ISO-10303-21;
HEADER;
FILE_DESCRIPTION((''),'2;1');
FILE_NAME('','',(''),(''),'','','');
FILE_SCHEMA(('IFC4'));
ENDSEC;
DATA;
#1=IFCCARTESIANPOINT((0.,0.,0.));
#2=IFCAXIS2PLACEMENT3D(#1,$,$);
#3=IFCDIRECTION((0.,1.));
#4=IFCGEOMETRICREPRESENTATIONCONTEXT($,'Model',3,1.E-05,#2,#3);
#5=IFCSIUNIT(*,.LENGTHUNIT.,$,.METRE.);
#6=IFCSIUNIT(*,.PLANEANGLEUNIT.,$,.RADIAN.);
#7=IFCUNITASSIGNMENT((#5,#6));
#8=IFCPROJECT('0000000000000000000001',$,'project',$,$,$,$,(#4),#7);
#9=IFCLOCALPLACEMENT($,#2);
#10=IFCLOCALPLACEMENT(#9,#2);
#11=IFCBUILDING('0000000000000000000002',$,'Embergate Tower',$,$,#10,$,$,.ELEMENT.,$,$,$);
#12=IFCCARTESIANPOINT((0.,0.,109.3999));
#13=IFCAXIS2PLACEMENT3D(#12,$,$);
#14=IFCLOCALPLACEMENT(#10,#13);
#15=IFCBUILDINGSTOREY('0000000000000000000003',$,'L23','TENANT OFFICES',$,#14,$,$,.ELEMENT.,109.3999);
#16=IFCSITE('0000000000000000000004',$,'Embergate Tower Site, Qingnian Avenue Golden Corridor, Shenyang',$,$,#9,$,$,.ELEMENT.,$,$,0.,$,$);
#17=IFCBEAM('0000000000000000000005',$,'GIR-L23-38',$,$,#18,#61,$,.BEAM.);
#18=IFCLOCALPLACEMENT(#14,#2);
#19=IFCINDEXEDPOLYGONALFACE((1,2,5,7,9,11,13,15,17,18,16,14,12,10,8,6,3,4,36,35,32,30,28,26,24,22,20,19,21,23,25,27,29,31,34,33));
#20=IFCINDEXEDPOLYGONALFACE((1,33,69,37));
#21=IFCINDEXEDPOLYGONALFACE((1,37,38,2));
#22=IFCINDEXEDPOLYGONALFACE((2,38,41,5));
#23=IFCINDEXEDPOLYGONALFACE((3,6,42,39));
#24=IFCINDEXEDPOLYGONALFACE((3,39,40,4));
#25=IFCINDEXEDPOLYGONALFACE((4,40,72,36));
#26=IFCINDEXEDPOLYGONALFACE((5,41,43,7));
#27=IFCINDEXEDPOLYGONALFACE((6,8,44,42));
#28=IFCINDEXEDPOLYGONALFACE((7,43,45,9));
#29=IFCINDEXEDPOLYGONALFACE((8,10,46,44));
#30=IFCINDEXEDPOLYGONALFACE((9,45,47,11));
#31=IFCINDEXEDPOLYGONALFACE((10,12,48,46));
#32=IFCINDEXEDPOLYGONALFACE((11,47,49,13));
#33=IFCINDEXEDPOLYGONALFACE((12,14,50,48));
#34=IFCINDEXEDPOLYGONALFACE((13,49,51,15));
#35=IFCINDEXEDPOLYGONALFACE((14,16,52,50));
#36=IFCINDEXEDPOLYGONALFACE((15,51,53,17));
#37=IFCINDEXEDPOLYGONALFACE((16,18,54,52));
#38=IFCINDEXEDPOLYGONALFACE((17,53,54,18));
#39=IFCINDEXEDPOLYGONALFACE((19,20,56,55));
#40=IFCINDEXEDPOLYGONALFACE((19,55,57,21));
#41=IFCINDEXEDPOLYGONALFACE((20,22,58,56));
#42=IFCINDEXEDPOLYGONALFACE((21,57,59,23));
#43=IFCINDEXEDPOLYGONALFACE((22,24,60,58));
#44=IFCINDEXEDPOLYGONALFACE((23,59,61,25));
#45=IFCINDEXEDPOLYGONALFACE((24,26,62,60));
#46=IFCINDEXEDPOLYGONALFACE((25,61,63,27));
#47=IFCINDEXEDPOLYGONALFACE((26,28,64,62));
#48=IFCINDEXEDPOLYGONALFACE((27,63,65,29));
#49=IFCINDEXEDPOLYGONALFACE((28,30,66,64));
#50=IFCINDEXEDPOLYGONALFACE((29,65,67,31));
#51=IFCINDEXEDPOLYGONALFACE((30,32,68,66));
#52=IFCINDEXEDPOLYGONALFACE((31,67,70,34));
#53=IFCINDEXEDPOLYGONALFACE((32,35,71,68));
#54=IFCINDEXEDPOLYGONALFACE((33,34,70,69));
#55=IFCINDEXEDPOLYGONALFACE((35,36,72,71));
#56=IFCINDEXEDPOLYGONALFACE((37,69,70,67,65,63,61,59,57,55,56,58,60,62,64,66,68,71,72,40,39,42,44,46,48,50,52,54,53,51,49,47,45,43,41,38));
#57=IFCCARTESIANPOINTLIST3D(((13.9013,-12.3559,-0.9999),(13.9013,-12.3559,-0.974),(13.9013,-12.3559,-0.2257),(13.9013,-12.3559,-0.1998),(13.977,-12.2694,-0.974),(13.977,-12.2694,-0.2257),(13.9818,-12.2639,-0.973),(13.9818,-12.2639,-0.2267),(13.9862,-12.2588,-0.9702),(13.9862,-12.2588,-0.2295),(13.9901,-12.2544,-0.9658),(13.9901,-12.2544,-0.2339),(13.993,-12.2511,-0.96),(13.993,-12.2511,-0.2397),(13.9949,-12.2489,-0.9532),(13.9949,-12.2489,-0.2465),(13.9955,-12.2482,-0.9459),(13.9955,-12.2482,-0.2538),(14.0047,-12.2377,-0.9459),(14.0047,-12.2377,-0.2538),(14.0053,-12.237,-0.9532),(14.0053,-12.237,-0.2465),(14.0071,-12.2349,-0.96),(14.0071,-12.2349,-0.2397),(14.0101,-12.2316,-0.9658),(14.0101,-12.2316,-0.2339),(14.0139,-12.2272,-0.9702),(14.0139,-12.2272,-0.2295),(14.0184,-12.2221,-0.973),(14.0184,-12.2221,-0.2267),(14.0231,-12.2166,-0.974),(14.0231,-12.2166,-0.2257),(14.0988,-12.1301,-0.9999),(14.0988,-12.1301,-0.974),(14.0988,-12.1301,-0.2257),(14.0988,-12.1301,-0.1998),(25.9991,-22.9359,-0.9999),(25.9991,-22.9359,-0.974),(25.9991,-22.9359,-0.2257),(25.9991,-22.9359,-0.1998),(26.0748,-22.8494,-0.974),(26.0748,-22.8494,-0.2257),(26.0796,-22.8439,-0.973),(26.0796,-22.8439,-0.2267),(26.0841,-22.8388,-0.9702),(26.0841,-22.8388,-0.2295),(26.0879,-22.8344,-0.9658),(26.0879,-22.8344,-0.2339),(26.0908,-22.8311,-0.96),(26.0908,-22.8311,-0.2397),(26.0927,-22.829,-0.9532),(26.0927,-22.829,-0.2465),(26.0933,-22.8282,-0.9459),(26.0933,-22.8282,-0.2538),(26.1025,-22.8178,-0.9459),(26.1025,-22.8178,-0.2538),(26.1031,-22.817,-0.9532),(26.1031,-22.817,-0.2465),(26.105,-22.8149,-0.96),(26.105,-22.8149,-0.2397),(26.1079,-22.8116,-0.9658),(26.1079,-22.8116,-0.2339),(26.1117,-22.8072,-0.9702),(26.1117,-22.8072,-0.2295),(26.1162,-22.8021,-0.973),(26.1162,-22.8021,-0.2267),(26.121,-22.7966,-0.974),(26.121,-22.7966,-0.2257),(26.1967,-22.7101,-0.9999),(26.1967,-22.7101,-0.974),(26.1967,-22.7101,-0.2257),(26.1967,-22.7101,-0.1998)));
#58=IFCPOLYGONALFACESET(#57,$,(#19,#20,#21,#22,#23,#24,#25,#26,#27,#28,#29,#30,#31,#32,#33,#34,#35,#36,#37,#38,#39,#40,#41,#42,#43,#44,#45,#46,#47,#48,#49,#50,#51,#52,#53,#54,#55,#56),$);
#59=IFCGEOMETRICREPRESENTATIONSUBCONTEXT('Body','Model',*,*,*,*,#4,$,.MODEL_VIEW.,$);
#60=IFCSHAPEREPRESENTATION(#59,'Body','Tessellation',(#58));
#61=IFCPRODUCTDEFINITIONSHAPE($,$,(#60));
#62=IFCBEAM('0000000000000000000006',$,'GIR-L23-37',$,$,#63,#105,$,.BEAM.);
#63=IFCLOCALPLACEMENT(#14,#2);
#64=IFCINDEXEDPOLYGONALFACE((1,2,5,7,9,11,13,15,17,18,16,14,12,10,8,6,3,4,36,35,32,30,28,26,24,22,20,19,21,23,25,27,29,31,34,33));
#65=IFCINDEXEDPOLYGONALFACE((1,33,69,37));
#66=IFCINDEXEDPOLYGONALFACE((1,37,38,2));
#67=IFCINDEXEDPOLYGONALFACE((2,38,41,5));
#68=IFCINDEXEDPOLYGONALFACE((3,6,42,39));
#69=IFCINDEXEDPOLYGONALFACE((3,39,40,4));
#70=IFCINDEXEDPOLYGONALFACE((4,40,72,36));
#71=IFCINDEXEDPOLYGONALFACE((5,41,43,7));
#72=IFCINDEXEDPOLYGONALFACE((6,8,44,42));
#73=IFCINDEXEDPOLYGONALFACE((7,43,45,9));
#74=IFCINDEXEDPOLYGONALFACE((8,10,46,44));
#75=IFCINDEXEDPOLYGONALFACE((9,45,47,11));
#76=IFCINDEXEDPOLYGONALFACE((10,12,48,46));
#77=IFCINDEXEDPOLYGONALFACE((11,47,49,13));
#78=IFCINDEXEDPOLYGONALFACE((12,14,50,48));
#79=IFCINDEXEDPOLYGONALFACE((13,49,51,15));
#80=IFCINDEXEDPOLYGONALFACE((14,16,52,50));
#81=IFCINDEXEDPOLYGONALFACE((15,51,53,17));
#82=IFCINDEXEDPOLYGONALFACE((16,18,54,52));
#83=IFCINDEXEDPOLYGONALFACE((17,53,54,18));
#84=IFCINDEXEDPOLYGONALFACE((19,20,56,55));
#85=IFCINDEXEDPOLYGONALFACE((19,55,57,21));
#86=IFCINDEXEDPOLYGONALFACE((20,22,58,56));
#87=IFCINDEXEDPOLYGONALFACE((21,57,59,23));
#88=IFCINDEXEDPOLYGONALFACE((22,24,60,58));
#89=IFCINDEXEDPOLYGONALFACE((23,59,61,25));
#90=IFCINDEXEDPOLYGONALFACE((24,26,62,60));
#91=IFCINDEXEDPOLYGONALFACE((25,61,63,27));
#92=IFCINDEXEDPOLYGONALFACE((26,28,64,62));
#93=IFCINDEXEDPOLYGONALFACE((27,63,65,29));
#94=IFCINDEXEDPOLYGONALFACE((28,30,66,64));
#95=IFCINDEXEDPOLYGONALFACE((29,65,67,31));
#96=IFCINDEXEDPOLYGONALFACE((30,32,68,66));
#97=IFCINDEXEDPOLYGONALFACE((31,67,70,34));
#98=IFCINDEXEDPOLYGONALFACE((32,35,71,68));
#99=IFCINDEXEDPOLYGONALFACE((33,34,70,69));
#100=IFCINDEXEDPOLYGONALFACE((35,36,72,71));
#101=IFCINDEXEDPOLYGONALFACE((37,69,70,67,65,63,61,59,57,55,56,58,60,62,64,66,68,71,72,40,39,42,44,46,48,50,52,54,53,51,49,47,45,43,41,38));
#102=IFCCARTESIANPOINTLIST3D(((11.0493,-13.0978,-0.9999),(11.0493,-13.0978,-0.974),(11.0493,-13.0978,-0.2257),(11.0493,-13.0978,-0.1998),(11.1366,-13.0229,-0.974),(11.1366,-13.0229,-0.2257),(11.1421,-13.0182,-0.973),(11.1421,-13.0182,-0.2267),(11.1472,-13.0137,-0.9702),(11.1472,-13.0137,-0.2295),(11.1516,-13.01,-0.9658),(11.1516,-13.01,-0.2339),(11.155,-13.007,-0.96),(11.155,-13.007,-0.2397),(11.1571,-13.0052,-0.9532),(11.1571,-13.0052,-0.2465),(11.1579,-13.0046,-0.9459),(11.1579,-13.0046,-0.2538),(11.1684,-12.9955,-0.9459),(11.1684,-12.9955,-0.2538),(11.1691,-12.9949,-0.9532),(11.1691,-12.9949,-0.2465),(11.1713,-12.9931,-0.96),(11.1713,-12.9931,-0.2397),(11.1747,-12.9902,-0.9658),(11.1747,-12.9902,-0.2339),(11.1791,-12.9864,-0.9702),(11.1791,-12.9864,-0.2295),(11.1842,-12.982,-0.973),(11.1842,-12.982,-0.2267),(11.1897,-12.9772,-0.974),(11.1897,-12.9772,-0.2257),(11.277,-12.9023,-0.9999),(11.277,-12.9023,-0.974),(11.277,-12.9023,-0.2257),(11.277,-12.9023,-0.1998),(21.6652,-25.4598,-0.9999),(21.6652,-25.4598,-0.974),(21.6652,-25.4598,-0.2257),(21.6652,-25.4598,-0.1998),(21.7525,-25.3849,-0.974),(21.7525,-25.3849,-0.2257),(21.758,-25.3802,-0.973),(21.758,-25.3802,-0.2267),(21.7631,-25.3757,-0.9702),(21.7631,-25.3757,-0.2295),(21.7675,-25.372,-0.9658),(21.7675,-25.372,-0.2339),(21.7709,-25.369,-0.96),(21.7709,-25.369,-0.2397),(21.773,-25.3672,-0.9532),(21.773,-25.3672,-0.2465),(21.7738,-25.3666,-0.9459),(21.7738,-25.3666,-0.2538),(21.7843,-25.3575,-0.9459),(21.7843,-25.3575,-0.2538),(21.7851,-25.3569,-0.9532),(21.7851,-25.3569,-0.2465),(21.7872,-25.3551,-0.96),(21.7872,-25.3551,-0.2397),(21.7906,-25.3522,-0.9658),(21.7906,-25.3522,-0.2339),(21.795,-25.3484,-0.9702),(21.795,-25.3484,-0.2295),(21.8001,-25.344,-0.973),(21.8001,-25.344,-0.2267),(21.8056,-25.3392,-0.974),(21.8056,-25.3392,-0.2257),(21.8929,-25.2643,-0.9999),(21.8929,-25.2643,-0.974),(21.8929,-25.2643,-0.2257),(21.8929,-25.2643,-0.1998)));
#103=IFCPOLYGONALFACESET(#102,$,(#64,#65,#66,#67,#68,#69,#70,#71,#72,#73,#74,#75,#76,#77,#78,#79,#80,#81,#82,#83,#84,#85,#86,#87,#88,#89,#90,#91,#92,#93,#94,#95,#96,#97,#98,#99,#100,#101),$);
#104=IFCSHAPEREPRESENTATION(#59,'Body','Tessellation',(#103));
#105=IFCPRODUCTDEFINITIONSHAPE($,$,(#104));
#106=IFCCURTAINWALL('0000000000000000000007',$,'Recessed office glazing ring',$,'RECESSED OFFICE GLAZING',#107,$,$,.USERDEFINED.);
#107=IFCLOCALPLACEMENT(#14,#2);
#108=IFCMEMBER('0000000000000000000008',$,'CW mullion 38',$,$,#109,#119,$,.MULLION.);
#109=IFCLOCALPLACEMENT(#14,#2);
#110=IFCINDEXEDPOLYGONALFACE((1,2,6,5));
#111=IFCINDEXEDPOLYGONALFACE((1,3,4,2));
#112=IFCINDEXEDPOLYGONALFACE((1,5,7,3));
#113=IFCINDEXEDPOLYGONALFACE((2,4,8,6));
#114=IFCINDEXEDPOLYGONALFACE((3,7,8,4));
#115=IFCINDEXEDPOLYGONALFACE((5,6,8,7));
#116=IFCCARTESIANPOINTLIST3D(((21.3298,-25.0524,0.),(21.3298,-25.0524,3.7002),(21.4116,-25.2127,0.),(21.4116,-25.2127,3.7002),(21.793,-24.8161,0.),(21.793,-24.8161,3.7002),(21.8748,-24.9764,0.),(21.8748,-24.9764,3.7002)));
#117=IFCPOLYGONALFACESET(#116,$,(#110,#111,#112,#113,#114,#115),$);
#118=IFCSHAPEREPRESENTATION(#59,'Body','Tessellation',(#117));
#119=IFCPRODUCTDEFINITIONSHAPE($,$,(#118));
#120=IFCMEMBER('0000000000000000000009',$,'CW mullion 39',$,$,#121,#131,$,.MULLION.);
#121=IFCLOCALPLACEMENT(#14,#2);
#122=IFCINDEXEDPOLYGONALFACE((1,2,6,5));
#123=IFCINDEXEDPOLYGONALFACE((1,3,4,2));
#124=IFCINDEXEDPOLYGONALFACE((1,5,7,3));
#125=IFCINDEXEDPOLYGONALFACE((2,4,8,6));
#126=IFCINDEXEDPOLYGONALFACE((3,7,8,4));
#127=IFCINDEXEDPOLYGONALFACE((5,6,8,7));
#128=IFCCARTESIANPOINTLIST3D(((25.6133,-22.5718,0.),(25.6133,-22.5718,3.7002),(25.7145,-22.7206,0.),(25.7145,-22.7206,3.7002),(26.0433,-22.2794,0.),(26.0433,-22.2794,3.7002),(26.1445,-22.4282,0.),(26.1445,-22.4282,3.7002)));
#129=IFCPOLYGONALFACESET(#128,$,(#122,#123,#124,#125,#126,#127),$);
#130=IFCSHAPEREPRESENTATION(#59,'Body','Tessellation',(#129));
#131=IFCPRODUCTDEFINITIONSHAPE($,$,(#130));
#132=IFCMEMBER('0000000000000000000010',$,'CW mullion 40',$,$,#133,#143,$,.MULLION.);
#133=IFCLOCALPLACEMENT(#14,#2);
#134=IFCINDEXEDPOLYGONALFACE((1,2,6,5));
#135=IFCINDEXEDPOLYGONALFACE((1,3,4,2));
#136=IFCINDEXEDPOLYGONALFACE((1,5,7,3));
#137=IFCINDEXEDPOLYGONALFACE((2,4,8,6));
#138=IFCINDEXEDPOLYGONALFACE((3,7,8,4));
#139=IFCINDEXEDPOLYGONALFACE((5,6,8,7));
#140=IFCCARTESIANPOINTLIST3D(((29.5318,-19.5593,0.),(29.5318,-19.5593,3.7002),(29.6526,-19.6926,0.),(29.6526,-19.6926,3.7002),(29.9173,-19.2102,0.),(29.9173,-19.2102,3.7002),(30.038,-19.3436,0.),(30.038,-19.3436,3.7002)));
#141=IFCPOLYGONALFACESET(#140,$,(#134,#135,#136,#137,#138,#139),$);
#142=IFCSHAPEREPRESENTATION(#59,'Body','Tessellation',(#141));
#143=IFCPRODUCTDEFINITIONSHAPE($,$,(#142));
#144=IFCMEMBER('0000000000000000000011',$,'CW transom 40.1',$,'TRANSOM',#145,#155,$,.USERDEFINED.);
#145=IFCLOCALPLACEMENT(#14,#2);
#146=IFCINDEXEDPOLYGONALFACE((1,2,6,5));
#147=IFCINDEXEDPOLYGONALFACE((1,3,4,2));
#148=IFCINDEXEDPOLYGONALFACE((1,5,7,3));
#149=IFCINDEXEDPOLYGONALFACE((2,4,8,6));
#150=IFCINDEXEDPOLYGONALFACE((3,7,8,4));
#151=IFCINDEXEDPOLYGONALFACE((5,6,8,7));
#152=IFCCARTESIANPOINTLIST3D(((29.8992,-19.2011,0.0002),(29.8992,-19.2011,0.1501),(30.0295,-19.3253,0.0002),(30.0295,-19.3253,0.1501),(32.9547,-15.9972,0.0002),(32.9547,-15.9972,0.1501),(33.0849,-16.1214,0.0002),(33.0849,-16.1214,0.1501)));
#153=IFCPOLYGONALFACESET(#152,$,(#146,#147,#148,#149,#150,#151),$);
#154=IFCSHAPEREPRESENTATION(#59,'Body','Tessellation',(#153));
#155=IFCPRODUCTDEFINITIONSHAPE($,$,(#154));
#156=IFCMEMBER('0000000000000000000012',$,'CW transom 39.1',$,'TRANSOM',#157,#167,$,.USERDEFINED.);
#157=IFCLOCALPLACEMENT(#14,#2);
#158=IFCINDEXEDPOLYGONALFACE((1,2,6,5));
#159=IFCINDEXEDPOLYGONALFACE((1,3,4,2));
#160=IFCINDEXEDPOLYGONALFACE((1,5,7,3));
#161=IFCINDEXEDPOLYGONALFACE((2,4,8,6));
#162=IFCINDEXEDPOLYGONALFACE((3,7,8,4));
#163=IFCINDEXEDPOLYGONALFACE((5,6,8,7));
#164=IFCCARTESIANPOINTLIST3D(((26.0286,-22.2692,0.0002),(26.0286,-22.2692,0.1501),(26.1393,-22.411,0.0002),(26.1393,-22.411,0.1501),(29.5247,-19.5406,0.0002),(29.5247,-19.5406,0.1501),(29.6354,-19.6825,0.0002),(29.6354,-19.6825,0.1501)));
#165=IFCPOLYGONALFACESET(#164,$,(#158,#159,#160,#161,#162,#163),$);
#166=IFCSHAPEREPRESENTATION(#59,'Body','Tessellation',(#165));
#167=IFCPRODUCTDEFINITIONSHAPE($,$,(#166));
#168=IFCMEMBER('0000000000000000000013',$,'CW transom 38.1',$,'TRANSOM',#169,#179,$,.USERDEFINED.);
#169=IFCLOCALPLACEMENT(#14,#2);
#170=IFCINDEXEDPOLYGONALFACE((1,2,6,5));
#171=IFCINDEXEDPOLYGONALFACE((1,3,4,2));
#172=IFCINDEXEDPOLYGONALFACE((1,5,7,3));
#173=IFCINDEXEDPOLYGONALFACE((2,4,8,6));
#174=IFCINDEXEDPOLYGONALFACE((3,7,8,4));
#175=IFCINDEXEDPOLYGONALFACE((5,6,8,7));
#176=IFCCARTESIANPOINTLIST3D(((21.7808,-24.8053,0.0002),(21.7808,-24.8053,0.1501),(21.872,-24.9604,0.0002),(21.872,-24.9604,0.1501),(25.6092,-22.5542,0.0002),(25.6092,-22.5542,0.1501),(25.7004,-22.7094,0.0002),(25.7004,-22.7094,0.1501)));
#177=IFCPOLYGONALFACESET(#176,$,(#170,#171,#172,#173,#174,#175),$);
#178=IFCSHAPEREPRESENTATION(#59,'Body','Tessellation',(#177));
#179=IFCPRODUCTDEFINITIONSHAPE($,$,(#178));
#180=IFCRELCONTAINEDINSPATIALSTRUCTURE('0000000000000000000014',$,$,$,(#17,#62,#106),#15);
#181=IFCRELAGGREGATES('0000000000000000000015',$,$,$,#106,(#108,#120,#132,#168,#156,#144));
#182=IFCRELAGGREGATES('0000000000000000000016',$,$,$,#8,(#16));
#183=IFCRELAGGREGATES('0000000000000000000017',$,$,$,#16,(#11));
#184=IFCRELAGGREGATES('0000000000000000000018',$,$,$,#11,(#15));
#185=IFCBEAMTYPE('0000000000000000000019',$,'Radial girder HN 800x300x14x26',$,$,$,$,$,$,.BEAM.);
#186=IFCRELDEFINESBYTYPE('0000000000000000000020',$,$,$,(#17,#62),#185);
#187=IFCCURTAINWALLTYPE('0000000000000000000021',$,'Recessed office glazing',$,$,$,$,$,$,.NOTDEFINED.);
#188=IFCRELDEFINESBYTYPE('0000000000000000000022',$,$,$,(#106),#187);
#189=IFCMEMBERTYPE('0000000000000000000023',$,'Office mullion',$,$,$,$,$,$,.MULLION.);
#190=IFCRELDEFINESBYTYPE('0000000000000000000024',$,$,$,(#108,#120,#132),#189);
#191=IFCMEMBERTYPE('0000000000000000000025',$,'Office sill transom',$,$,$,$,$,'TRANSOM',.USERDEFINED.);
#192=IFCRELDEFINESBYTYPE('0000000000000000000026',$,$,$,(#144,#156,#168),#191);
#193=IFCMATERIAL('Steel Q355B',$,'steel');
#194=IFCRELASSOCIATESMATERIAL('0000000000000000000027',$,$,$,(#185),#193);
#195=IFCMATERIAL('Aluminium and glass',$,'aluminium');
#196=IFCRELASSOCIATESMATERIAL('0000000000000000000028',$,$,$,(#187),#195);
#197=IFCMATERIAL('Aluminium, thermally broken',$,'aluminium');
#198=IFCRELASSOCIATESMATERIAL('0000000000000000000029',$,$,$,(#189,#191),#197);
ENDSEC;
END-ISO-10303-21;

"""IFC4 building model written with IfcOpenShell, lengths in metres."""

from ifc_helpers import new_model, si_unit, direction, frame, origin, origin_2d, place, context, subcontext, project, spatial, rectangle, i_section, extrude, source, transform, mapped, material, material_profile, profile_set, type_object, element, aggregate, save


model = new_model("IFC4")

# Units and contexts
model_context = context("Model", 3, precision=1e-05, world=origin(), true_north=direction((0.0, 1.0)))
body_context = subcontext(model_context, "Body", "Model", "MODEL_VIEW")
ifc_project = project(units=[si_unit("LENGTHUNIT", "METRE"), si_unit("PLANEANGLEUNIT", "RADIAN")], contexts=[model_context])

# Site, building, storey
site_placement = place(None, origin())
site = spatial("IfcSite", under=ifc_project, at=site_placement, Name="Embergate Tower Site, Qingnian Avenue Golden Corridor, Shenyang", CompositionType="ELEMENT", RefElevation=0.0)
building_placement = place(site_placement, origin())
building = spatial("IfcBuilding", under=site, at=building_placement, Name="Embergate Tower", CompositionType="ELEMENT")
storey_placement = place(building_placement, frame((0.0, 0.0, 109.3999)))
storey = spatial("IfcBuildingStorey", under=building, at=storey_placement, Name="L23", Description="TENANT OFFICES", CompositionType="ELEMENT", Elevation=109.3999)

# Beams
ifc_material_1 = material(Name="Steel Q355B", Category="steel")
ifc_material_profile_1 = material_profile(ifc_material_1, i_section(OverallWidth=0.3, OverallDepth=0.8, WebThickness=0.0139, FlangeThickness=0.0259, FilletRadius=0.0281, at=origin_2d()), Name="HN 800x300x14x26")
ifc_profile_set_1 = profile_set([ifc_material_profile_1], Name="Steel Q355 grade B")
beam_type_1 = type_object("IfcBeamType", Name="Radial girder HN 800x300x14x26", PredefinedType="BEAM", material=ifc_profile_set_1)
shared_shape_1 = source(origin(), body_context, "Body", "SweptSolid", [
    extrude(i_section(OverallWidth=0.3, OverallDepth=0.8, WebThickness=0.0139, FlangeThickness=0.0259, FilletRadius=0.0281, at=origin_2d()), origin(), (0.0, 0.0, 1.0), 16.0715),
])
beam_1_placement = place(storey_placement, frame((26.0979, -22.823, -0.5999), z_axis=(-0.752749, 0.658308, 0.0), x_axis=(-0.658308, -0.752749, 0.0)))
element("IfcBeam", 1, at=beam_1_placement, inside=storey, type_object=beam_type_1, Name="GIR-L23-38", PredefinedType="BEAM", context=body_context, shape_type="MappedRepresentation", body=[
    mapped(shared_shape_1, transform((0.0, 0.0, 0.0))),
])
shared_shape_2 = source(origin(), body_context, "Body", "SweptSolid", [
    extrude(i_section(OverallWidth=0.3, OverallDepth=0.8, WebThickness=0.0139, FlangeThickness=0.0259, FilletRadius=0.0281, at=origin_2d()), origin(), (0.0, 0.0, 1.0), 16.2947),
])
beam_2_placement = place(storey_placement, frame((21.7791, -25.3621, -0.5999), z_axis=(-0.651496, 0.758652, 0.0), x_axis=(-0.758652, -0.651496, 0.0)))
element("IfcBeam", 2, at=beam_2_placement, inside=storey, type_object=beam_type_1, Name="GIR-L23-37", PredefinedType="BEAM", context=body_context, shape_type="MappedRepresentation", body=[
    mapped(shared_shape_2, transform((0.0, 0.0, 0.0))),
])

# Curtain wall, members
ifc_material_2 = material(Name="Aluminium and glass", Category="aluminium")
curtain_wall_type = type_object("IfcCurtainWallType", Name="Recessed office glazing", PredefinedType="NOTDEFINED", material=ifc_material_2)
curtain_wall_placement = place(storey_placement, origin())
curtain_wall = element("IfcCurtainWall", 3, at=curtain_wall_placement, inside=storey, type_object=curtain_wall_type, Name="Recessed office glazing ring", ObjectType="RECESSED OFFICE GLAZING", PredefinedType="USERDEFINED")
ifc_material_3 = material(Name="Aluminium, thermally broken", Category="aluminium")
ifc_material_profile_2 = material_profile(ifc_material_3, rectangle(XDim=0.1799, YDim=0.52, at=origin_2d()), Name="AL 520x180")
ifc_profile_set_2 = profile_set([ifc_material_profile_2], Name="Aluminium, thermally broken")
member_type_1 = type_object("IfcMemberType", Name="Office mullion", PredefinedType="MULLION", material=ifc_profile_set_2)
shared_shape_3 = source(origin(), body_context, "Body", "SweptSolid", [
    extrude(rectangle(XDim=0.1799, YDim=0.52, at=origin_2d()), origin(), (0.0, 0.0, 1.0), 3.7002),
])
member_1_placement = place(storey_placement, frame((21.6023, -25.0144, 0.0), z_axis=(0.0, 0.0, 1.0), x_axis=(-0.454521, 0.890736, 0.0)))
member_1 = element("IfcMember", 4, at=member_1_placement, type_object=member_type_1, Name="CW mullion 38", PredefinedType="MULLION", context=body_context, shape_type="MappedRepresentation", body=[
    mapped(shared_shape_3, transform((0.0, 0.0, 0.0))),
])
member_2_placement = place(storey_placement, frame((25.8789, -22.5, 0.0), z_axis=(0.0, 0.0, 1.0), x_axis=(-0.562228, 0.826982, 0.0)))
member_2 = element("IfcMember", 5, at=member_2_placement, type_object=member_type_1, Name="CW mullion 39", PredefinedType="MULLION", context=body_context, shape_type="MappedRepresentation", body=[
    mapped(shared_shape_3, transform((0.0, 0.0, 0.0))),
])
member_3_placement = place(storey_placement, frame((29.7849, -19.4514, 0.0), z_axis=(0.0, 0.0, 1.0), x_axis=(-0.671238, 0.741242, 0.0)))
member_3 = element("IfcMember", 6, at=member_3_placement, type_object=member_type_1, Name="CW mullion 40", PredefinedType="MULLION", context=body_context, shape_type="MappedRepresentation", body=[
    mapped(shared_shape_3, transform((0.0, 0.0, 0.0))),
])
ifc_material_profile_3 = material_profile(ifc_material_3, rectangle(XDim=0.1799, YDim=0.1499, at=origin_2d()), Name="AL 150x180")
ifc_profile_set_3 = profile_set([ifc_material_profile_3], Name="Aluminium, thermally broken")
member_type_2 = type_object("IfcMemberType", Name="Office sill transom", ElementType="TRANSOM", PredefinedType="USERDEFINED", material=ifc_profile_set_3)
shared_shape_4 = source(origin(), body_context, "Body", "SweptSolid", [
    extrude(rectangle(XDim=0.1799, YDim=0.1499, at=origin_2d()), origin(), (0.0, 0.0, 1.0), 4.4272),
])
member_4_placement = place(storey_placement, frame((29.9644, -19.2632, 0.0752), z_axis=(0.690144, 0.723672, 0.0), x_axis=(-0.723672, 0.690144, 0.0)))
member_4 = element("IfcMember", 7, at=member_4_placement, type_object=member_type_2, Name="CW transom 40.1", ObjectType="TRANSOM", PredefinedType="USERDEFINED", context=body_context, shape_type="MappedRepresentation", body=[
    mapped(shared_shape_4, transform((0.0, 0.0, 0.0))),
])
shared_shape_5 = source(origin(), body_context, "Body", "SweptSolid", [
    extrude(rectangle(XDim=0.1799, YDim=0.1499, at=origin_2d()), origin(), (0.0, 0.0, 1.0), 4.4348),
])
member_5_placement = place(storey_placement, frame((26.084, -22.3401, 0.0752), z_axis=(0.788331, 0.615251, 0.0), x_axis=(-0.615251, 0.788331, 0.0)))
member_5 = element("IfcMember", 8, at=member_5_placement, type_object=member_type_2, Name="CW transom 39.1", ObjectType="TRANSOM", PredefinedType="USERDEFINED", context=body_context, shape_type="MappedRepresentation", body=[
    mapped(shared_shape_5, transform((0.0, 0.0, 0.0))),
])
shared_shape_6 = source(origin(), body_context, "Body", "SweptSolid", [
    extrude(rectangle(XDim=0.1799, YDim=0.1499, at=origin_2d()), origin(), (0.0, 0.0, 1.0), 4.4412),
])
member_6_placement = place(storey_placement, frame((21.8264, -24.8828, 0.0752), z_axis=(0.862033, 0.506852, 0.0), x_axis=(-0.506852, 0.862033, 0.0)))
member_6 = element("IfcMember", 9, at=member_6_placement, type_object=member_type_2, Name="CW transom 38.1", ObjectType="TRANSOM", PredefinedType="USERDEFINED", context=body_context, shape_type="MappedRepresentation", body=[
    mapped(shared_shape_6, transform((0.0, 0.0, 0.0))),
])
aggregate(curtain_wall, [member_1, member_2, member_3, member_6, member_5, member_4])

save(model, "model.ifc")
